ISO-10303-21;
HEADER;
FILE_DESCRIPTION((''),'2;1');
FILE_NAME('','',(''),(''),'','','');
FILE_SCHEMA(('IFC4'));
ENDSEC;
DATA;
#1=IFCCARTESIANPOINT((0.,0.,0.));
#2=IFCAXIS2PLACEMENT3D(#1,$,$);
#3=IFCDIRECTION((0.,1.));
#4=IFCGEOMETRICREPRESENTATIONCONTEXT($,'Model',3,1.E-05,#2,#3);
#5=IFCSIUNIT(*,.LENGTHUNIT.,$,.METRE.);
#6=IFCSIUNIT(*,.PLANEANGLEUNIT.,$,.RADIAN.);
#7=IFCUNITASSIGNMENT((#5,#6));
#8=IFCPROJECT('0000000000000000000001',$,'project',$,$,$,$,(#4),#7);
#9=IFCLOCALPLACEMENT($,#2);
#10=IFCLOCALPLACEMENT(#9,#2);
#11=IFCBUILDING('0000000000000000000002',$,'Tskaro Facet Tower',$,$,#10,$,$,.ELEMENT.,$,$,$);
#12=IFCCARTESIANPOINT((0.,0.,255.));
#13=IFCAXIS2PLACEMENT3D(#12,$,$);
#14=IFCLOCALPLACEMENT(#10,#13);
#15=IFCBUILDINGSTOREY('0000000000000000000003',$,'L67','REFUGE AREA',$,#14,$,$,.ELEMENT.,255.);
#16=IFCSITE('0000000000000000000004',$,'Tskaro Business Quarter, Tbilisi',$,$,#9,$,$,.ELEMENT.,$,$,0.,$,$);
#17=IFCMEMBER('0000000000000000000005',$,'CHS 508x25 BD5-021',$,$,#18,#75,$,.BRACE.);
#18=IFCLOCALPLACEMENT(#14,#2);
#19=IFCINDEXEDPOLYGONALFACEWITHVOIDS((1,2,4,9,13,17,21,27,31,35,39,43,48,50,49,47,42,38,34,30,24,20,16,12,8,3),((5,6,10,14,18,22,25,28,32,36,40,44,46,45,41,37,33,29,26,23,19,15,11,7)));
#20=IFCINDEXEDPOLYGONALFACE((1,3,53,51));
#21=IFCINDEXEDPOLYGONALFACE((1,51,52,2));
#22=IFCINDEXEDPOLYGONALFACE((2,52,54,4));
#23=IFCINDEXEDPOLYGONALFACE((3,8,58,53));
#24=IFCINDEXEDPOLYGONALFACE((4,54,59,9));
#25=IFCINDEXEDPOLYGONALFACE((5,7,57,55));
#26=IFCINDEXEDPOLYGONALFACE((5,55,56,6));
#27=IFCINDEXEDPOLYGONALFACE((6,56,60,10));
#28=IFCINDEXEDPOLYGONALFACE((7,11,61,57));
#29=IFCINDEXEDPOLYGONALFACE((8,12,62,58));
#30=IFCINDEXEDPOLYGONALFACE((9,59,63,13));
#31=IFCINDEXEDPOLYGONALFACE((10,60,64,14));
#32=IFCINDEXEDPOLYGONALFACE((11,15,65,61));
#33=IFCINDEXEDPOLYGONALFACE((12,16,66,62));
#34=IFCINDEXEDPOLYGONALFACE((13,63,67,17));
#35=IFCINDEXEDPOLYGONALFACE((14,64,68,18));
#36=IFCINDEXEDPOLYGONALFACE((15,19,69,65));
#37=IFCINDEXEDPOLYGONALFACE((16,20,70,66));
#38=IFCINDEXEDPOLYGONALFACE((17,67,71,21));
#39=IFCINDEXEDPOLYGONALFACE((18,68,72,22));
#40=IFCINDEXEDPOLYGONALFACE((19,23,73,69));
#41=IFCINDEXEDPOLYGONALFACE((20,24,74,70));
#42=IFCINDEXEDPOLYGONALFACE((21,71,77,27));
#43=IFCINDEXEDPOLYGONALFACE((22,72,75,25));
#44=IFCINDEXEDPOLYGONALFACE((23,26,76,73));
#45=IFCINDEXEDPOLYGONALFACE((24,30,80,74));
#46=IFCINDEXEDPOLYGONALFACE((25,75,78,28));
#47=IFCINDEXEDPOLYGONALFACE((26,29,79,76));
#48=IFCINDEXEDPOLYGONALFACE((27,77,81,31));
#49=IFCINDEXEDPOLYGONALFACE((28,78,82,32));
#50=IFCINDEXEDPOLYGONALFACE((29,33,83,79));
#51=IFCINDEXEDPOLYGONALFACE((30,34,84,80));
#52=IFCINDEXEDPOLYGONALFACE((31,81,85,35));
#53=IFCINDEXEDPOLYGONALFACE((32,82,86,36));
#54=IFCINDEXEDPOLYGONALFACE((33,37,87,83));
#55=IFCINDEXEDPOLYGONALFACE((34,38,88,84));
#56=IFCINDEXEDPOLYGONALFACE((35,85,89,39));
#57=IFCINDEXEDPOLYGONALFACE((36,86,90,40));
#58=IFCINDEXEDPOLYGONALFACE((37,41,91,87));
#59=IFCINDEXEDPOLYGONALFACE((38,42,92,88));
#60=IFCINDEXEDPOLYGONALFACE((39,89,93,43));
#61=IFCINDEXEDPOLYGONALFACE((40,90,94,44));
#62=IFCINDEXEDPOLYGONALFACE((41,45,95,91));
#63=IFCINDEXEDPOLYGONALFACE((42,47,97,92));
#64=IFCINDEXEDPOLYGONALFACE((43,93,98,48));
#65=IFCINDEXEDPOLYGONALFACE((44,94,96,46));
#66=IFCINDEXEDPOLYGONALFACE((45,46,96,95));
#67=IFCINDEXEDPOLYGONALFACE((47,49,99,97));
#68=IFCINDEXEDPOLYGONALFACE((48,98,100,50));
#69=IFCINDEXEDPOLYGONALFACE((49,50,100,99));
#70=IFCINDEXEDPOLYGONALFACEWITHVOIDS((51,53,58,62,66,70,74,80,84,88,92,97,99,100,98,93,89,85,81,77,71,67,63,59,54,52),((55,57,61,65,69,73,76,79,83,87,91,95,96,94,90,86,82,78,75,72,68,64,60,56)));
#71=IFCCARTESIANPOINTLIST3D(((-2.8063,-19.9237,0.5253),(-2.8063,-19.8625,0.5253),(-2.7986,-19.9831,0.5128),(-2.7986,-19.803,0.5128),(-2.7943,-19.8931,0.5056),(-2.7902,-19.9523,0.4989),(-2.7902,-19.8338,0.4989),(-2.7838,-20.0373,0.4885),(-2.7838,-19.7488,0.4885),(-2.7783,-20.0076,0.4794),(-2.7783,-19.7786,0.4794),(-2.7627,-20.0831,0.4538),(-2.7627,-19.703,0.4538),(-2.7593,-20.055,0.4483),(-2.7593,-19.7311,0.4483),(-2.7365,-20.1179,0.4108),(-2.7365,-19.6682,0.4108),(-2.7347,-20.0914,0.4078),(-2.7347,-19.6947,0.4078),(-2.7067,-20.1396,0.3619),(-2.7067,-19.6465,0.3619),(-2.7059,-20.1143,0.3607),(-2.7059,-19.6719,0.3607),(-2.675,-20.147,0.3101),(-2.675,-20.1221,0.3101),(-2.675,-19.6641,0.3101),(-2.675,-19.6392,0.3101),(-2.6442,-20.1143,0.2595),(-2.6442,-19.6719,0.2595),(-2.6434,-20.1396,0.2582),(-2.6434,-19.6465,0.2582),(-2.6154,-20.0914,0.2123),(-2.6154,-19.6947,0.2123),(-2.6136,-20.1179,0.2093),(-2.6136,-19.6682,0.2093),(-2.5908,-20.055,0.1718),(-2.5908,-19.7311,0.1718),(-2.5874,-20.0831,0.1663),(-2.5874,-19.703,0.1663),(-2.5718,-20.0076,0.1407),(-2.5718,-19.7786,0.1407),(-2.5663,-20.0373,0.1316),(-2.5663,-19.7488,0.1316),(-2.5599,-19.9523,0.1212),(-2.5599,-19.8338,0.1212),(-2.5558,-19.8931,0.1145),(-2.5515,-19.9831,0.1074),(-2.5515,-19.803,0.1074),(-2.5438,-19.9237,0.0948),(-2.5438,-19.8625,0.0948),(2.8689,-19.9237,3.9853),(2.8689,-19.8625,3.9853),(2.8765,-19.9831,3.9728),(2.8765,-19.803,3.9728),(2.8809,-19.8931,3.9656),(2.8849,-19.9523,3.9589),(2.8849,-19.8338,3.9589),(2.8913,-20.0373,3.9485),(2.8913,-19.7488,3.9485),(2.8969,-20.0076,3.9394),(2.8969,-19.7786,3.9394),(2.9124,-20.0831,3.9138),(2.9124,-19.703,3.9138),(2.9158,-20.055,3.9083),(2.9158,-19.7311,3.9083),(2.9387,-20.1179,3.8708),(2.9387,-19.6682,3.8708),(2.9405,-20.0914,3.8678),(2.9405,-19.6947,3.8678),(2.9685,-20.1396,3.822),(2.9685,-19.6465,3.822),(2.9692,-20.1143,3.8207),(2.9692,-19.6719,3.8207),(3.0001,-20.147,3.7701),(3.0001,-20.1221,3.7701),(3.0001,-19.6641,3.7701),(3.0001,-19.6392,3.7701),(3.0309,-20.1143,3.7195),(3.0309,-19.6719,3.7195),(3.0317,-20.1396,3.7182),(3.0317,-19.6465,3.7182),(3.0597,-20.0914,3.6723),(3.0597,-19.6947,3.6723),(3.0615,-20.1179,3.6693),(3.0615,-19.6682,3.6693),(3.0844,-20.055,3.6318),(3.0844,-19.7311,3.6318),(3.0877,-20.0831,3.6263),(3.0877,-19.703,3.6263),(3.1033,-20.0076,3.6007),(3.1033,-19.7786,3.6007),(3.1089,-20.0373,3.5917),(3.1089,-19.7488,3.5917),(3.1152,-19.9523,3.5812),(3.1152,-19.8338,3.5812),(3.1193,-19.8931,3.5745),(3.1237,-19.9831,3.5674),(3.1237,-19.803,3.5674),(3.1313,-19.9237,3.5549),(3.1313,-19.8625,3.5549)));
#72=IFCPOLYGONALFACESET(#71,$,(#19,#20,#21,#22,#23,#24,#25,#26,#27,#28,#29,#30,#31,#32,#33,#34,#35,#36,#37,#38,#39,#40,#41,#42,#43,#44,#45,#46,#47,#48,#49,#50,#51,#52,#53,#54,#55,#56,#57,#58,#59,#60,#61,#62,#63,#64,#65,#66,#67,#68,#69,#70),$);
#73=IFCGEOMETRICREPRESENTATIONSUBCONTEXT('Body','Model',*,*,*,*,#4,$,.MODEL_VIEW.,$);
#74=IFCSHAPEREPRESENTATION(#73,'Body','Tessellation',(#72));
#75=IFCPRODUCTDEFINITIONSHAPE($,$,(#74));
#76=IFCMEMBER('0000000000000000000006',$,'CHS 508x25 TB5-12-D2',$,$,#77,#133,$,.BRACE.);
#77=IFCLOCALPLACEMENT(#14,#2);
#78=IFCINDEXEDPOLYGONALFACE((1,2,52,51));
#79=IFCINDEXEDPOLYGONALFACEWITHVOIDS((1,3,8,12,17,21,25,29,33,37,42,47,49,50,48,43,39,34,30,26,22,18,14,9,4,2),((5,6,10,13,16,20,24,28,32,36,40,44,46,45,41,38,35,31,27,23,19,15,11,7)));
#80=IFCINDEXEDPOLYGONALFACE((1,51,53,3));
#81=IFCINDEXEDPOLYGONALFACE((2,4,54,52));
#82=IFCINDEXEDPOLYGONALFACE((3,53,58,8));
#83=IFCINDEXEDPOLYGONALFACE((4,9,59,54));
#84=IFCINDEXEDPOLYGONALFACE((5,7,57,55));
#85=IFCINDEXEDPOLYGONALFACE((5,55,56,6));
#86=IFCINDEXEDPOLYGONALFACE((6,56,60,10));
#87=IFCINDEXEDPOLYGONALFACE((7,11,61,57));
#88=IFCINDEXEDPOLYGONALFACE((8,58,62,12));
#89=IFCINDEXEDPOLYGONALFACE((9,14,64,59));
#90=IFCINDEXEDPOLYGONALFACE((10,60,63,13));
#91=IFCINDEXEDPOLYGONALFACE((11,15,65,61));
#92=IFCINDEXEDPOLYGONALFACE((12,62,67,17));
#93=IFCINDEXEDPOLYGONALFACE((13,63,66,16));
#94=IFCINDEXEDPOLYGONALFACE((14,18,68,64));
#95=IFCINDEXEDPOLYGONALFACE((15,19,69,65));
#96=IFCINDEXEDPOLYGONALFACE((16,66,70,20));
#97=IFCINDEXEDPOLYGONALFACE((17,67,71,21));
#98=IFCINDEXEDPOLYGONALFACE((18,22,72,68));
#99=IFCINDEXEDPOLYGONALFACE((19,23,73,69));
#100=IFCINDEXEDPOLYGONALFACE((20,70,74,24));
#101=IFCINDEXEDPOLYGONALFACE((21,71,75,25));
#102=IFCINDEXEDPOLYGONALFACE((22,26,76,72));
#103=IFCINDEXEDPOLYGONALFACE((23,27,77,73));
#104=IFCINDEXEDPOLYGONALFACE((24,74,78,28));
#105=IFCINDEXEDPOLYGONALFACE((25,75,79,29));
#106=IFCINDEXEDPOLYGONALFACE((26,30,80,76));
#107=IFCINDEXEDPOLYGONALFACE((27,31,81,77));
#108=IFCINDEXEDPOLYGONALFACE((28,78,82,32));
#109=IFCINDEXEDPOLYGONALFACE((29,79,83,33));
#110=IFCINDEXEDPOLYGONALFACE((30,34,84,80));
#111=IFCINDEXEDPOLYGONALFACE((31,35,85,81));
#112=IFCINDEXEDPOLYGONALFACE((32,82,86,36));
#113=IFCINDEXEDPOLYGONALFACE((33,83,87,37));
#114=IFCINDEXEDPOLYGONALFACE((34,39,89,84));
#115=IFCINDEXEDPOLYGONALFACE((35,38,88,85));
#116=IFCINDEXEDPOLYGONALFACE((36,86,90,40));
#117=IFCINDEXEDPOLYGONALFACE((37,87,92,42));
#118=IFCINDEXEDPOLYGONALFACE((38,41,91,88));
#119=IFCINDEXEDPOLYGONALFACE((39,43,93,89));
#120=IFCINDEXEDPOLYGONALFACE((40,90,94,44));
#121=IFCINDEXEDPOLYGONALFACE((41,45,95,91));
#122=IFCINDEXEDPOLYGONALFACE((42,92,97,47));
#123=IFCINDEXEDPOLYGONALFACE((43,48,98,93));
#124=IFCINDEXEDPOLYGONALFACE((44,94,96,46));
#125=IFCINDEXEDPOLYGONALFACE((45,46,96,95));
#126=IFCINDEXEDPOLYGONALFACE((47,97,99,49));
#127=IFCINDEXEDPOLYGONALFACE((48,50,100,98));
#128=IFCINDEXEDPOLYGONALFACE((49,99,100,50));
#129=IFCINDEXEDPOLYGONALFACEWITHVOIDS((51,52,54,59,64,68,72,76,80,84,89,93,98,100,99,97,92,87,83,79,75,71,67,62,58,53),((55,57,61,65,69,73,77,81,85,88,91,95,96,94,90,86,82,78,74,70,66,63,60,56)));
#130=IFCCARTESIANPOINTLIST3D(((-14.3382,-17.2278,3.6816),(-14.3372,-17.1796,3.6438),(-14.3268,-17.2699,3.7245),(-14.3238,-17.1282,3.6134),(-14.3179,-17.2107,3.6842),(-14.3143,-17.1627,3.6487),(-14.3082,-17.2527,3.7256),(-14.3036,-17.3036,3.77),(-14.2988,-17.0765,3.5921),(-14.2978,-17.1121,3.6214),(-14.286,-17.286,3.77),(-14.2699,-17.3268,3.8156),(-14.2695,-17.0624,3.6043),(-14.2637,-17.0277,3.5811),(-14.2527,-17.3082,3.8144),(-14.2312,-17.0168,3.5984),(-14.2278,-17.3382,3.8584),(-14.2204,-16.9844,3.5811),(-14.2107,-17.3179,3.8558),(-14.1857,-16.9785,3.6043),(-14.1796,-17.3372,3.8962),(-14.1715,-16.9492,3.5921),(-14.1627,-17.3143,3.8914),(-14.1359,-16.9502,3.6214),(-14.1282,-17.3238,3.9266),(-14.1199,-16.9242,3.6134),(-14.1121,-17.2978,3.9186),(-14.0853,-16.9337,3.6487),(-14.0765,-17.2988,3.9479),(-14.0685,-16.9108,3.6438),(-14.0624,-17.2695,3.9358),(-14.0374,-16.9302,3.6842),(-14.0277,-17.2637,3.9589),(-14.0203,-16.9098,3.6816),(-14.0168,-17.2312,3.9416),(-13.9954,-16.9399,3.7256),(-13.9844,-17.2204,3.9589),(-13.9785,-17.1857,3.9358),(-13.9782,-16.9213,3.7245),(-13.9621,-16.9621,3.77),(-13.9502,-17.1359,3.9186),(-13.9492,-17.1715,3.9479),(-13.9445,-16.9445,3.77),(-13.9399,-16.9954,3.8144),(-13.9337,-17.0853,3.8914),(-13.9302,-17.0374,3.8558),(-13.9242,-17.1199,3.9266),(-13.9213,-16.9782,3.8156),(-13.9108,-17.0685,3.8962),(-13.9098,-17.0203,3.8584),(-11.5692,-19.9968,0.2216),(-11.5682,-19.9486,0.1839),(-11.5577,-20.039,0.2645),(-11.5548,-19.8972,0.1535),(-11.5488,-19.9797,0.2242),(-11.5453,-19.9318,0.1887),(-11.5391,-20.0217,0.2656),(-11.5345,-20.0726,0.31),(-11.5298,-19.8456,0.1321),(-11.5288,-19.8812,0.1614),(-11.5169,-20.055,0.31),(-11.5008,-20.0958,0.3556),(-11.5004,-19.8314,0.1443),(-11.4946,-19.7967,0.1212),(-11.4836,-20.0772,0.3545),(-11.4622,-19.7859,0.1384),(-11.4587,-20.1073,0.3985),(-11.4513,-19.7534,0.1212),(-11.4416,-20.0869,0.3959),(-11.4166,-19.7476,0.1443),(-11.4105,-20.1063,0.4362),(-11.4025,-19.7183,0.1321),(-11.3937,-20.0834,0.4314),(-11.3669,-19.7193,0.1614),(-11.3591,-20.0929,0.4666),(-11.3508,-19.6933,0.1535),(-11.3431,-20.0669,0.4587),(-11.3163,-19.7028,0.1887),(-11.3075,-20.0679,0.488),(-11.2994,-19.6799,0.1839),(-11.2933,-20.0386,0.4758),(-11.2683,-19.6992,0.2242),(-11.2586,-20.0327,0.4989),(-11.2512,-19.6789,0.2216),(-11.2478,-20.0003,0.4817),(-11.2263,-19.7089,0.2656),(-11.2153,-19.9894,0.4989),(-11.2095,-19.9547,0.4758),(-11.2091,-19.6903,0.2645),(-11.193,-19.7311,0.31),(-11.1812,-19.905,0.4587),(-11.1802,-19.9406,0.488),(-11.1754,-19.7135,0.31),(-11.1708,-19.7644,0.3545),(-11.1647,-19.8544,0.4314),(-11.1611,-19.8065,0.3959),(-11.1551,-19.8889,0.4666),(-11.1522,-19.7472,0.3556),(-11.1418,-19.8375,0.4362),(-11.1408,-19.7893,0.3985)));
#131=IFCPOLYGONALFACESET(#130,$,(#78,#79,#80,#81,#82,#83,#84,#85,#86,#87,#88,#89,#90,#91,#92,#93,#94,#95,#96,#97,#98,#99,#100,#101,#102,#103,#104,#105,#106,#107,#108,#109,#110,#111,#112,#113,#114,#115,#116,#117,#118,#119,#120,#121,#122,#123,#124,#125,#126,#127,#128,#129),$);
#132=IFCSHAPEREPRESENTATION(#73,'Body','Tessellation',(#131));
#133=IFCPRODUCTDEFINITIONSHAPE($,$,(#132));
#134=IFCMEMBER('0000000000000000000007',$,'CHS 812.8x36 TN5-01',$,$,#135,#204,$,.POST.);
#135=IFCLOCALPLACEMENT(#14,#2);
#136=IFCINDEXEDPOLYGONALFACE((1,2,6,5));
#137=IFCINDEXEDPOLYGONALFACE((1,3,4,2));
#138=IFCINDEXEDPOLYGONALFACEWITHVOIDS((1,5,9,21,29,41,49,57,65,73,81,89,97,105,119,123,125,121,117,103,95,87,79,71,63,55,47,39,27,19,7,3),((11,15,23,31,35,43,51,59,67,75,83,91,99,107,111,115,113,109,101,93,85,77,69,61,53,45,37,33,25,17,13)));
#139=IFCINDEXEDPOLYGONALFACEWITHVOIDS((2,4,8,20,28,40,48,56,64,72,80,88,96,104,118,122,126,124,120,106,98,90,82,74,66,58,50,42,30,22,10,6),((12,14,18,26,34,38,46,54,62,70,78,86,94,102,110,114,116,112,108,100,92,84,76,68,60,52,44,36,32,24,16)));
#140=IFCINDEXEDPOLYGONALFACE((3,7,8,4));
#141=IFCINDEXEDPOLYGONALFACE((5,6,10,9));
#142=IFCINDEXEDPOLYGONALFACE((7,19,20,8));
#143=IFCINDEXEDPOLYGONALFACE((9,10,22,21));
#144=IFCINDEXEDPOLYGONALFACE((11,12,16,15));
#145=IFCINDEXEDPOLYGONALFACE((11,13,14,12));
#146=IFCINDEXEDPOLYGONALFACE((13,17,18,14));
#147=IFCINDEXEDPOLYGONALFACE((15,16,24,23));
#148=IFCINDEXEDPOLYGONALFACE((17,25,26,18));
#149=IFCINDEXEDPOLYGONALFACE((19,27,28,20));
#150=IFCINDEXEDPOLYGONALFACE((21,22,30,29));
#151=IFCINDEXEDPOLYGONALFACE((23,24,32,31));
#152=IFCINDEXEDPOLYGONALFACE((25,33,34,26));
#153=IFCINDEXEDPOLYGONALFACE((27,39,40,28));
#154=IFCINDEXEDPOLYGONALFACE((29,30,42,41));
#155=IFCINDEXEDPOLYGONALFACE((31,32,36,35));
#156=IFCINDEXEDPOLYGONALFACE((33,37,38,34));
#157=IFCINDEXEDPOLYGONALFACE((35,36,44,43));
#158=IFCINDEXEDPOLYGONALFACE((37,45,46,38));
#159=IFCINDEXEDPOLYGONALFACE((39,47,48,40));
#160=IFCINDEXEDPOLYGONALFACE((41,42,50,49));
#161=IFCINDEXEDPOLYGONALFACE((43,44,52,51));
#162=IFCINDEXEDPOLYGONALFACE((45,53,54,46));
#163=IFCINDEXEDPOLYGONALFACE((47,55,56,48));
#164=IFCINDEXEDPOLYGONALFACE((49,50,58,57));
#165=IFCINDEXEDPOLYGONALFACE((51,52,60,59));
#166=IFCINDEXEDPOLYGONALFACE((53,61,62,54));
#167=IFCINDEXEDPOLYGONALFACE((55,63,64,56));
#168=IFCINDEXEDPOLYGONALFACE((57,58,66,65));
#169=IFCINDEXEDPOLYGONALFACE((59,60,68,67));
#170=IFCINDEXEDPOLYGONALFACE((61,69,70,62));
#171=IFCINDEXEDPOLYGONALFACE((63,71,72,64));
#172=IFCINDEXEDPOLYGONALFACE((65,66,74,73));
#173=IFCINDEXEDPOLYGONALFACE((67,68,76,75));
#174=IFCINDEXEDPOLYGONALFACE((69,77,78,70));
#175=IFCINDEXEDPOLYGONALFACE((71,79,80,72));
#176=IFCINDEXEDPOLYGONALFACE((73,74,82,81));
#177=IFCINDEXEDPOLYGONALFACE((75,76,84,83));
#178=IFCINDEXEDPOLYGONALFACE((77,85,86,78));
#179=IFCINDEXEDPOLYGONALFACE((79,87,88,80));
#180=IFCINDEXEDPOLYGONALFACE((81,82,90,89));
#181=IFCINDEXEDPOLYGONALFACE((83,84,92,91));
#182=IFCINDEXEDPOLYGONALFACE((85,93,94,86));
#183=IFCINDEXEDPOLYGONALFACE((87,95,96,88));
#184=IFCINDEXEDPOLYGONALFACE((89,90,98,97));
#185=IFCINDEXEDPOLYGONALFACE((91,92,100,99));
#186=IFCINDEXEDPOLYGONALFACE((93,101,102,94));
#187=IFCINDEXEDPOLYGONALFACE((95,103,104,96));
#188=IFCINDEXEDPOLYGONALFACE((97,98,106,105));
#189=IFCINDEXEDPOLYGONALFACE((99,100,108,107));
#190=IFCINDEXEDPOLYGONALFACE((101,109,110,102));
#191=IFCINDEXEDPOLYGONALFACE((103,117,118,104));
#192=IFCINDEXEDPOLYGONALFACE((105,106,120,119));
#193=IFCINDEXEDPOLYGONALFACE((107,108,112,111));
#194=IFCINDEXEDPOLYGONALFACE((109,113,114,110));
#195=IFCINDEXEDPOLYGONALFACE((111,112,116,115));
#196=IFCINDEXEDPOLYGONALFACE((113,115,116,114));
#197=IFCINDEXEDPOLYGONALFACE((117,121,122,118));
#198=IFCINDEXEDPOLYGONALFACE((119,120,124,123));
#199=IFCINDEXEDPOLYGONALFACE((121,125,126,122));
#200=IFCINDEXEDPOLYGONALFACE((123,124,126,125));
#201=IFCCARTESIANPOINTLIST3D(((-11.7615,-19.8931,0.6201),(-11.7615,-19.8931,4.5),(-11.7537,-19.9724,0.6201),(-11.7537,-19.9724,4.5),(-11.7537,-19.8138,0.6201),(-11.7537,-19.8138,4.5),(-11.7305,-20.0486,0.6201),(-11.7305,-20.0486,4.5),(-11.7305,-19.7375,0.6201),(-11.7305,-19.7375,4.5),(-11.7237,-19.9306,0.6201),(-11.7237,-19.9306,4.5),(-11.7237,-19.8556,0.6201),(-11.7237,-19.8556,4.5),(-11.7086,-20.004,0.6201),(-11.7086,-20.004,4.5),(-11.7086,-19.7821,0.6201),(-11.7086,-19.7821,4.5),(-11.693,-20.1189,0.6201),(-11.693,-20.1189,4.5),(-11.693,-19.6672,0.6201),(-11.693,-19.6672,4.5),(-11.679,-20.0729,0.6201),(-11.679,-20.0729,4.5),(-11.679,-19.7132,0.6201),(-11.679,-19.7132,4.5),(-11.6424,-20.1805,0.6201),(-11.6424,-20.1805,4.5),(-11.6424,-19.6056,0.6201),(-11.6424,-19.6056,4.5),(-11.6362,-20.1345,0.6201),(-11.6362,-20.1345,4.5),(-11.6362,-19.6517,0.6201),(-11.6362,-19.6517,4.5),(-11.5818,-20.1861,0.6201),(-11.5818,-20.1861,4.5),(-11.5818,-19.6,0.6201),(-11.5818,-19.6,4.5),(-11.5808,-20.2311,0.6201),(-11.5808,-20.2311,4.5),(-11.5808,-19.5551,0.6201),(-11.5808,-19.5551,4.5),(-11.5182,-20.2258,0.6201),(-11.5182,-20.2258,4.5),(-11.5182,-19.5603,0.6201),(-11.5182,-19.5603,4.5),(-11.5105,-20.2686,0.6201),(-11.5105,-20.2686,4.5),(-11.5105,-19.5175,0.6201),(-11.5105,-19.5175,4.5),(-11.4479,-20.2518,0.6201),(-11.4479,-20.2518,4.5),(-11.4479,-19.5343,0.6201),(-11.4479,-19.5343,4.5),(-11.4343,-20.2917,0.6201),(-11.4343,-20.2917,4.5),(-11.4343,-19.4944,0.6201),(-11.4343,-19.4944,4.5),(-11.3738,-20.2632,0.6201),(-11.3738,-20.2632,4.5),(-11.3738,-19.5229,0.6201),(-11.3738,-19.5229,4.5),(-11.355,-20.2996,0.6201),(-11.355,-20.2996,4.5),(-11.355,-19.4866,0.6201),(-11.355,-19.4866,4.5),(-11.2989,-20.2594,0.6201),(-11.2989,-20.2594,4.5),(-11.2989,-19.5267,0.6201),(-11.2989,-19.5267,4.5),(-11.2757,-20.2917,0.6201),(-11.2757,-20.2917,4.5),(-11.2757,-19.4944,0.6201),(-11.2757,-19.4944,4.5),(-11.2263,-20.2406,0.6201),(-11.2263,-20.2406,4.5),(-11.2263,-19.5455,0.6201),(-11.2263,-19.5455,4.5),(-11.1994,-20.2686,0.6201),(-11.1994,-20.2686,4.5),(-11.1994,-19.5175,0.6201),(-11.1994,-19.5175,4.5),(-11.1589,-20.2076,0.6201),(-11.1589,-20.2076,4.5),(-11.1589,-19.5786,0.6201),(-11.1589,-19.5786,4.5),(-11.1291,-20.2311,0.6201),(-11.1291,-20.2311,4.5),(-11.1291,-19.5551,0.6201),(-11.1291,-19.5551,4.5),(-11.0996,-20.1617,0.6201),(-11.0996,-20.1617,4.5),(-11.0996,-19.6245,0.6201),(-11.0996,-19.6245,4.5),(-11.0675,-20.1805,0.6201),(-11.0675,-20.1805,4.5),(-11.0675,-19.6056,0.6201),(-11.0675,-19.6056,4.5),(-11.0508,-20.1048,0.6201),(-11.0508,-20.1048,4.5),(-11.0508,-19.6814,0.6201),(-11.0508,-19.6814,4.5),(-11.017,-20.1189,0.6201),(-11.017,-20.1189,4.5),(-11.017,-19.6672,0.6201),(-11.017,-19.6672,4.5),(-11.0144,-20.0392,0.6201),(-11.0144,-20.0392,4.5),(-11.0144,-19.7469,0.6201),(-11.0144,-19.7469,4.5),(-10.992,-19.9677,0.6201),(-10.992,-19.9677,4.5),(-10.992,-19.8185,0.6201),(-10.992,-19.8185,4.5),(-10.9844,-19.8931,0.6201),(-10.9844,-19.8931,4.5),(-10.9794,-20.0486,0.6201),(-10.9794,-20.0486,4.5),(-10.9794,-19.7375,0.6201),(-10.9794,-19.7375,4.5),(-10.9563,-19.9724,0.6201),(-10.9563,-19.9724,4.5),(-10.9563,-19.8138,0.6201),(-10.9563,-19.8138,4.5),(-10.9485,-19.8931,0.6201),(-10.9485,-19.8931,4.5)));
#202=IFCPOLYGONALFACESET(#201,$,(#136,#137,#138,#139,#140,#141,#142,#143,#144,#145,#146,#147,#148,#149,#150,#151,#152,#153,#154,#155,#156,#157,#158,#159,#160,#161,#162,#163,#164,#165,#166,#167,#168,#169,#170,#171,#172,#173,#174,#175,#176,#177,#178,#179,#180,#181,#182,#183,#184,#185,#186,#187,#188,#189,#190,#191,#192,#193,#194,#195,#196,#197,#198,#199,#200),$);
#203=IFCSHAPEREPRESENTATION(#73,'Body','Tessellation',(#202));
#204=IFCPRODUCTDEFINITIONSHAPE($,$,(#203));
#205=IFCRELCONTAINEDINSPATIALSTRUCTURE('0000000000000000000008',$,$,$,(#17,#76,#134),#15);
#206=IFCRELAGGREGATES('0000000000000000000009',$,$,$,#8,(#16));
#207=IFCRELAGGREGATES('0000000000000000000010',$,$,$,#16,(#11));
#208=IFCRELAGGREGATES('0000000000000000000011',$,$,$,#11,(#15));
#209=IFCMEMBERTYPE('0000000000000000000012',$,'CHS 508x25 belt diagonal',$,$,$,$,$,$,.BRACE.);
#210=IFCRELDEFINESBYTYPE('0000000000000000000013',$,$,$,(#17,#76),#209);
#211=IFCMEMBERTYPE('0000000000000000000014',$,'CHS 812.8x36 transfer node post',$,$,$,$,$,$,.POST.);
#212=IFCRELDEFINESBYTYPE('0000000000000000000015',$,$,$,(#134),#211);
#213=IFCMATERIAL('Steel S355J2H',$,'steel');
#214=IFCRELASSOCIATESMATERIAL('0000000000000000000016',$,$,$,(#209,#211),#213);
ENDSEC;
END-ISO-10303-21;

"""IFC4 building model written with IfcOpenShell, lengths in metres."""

from ifc_helpers import new_model, si_unit, direction, frame, origin, origin_2d, place, context, subcontext, project, spatial, hollow_circle, extrude, material, material_profile, profile_set, type_object, element, save


model = new_model("IFC4")

# Units and contexts
model_context = context("Model", 3, precision=1e-05, world=origin(), true_north=direction((0.0, 1.0)))
body_context = subcontext(model_context, "Body", "Model", "MODEL_VIEW")
ifc_project = project(units=[si_unit("LENGTHUNIT", "METRE"), si_unit("PLANEANGLEUNIT", "RADIAN")], contexts=[model_context])

# Site, building, storey
site_placement = place(None, origin())
site = spatial("IfcSite", under=ifc_project, at=site_placement, Name="Tskaro Business Quarter, Tbilisi", CompositionType="ELEMENT", RefElevation=0.0)
building_placement = place(site_placement, origin())
building = spatial("IfcBuilding", under=site, at=building_placement, Name="Tskaro Facet Tower", CompositionType="ELEMENT")
storey_placement = place(building_placement, frame((0.0, 0.0, 255.0)))
storey = spatial("IfcBuildingStorey", under=building, at=storey_placement, Name="L67", Description="REFUGE AREA", CompositionType="ELEMENT", Elevation=255.0)

# Shared definitions
ifc_material_1 = material(Name="Steel S355J2H", Category="steel")

# Members
ifc_material_profile_1 = material_profile(ifc_material_1, hollow_circle(Radius=0.2539, WallThickness=0.0249, at=origin_2d()), Name="CHS 508x25")
ifc_profile_set_1 = profile_set([ifc_material_profile_1], Name="Steel S355J2H")
member_type_1 = type_object("IfcMemberType", Name="CHS 508x25 belt diagonal", PredefinedType="BRACE", material=ifc_profile_set_1)
member_1_placement = place(storey_placement, frame((-2.675, -19.8931, 0.3101), z_axis=(0.853825, 0.0, 0.52056), x_axis=(0.0, 1.0, 0.0)))
element("IfcMember", 1, at=member_1_placement, inside=storey, type_object=member_type_1, Name="CHS 508x25 BD5-021", PredefinedType="BRACE", context=body_context, shape_type="SweptSolid", body=[
    extrude(hollow_circle(Radius=0.2539, WallThickness=0.0249, at=origin_2d()), origin(), (0.0, 0.0, 1.0), 6.6467),
])
member_2_placement = place(storey_placement, frame((-14.124, -17.124, 3.77), z_axis=(0.529903, -0.529903, -0.662122), x_axis=(0.707107, 0.707107, 0.0)))
element("IfcMember", 2, at=member_2_placement, inside=storey, type_object=member_type_1, Name="CHS 508x25 TB5-12-D2", PredefinedType="BRACE", context=body_context, shape_type="SweptSolid", body=[
    extrude(hollow_circle(Radius=0.2539, WallThickness=0.0249, at=origin_2d()), origin(), (0.0, 0.0, 1.0), 5.2256),
])
ifc_material_profile_2 = material_profile(ifc_material_1, hollow_circle(Radius=0.4065, WallThickness=0.0359, at=origin_2d()), Name="CHS 812.8x36")
ifc_profile_set_2 = profile_set([ifc_material_profile_2], Name="Steel S355J2H")
member_type_2 = type_object("IfcMemberType", Name="CHS 812.8x36 transfer node post", PredefinedType="POST", material=ifc_profile_set_2)
member_3_placement = place(storey_placement, frame((-11.355, -19.8931, 0.6201), z_axis=(0.0, 0.0, 1.0), x_axis=(1.0, 0.0, 0.0)))
element("IfcMember", 3, at=member_3_placement, inside=storey, type_object=member_type_2, Name="CHS 812.8x36 TN5-01", PredefinedType="POST", context=body_context, shape_type="SweptSolid", body=[
    extrude(hollow_circle(Radius=0.4065, WallThickness=0.0359, at=origin_2d()), origin(), (0.0, 0.0, 1.0), 3.8799),
])

save(model, "model.ifc")
